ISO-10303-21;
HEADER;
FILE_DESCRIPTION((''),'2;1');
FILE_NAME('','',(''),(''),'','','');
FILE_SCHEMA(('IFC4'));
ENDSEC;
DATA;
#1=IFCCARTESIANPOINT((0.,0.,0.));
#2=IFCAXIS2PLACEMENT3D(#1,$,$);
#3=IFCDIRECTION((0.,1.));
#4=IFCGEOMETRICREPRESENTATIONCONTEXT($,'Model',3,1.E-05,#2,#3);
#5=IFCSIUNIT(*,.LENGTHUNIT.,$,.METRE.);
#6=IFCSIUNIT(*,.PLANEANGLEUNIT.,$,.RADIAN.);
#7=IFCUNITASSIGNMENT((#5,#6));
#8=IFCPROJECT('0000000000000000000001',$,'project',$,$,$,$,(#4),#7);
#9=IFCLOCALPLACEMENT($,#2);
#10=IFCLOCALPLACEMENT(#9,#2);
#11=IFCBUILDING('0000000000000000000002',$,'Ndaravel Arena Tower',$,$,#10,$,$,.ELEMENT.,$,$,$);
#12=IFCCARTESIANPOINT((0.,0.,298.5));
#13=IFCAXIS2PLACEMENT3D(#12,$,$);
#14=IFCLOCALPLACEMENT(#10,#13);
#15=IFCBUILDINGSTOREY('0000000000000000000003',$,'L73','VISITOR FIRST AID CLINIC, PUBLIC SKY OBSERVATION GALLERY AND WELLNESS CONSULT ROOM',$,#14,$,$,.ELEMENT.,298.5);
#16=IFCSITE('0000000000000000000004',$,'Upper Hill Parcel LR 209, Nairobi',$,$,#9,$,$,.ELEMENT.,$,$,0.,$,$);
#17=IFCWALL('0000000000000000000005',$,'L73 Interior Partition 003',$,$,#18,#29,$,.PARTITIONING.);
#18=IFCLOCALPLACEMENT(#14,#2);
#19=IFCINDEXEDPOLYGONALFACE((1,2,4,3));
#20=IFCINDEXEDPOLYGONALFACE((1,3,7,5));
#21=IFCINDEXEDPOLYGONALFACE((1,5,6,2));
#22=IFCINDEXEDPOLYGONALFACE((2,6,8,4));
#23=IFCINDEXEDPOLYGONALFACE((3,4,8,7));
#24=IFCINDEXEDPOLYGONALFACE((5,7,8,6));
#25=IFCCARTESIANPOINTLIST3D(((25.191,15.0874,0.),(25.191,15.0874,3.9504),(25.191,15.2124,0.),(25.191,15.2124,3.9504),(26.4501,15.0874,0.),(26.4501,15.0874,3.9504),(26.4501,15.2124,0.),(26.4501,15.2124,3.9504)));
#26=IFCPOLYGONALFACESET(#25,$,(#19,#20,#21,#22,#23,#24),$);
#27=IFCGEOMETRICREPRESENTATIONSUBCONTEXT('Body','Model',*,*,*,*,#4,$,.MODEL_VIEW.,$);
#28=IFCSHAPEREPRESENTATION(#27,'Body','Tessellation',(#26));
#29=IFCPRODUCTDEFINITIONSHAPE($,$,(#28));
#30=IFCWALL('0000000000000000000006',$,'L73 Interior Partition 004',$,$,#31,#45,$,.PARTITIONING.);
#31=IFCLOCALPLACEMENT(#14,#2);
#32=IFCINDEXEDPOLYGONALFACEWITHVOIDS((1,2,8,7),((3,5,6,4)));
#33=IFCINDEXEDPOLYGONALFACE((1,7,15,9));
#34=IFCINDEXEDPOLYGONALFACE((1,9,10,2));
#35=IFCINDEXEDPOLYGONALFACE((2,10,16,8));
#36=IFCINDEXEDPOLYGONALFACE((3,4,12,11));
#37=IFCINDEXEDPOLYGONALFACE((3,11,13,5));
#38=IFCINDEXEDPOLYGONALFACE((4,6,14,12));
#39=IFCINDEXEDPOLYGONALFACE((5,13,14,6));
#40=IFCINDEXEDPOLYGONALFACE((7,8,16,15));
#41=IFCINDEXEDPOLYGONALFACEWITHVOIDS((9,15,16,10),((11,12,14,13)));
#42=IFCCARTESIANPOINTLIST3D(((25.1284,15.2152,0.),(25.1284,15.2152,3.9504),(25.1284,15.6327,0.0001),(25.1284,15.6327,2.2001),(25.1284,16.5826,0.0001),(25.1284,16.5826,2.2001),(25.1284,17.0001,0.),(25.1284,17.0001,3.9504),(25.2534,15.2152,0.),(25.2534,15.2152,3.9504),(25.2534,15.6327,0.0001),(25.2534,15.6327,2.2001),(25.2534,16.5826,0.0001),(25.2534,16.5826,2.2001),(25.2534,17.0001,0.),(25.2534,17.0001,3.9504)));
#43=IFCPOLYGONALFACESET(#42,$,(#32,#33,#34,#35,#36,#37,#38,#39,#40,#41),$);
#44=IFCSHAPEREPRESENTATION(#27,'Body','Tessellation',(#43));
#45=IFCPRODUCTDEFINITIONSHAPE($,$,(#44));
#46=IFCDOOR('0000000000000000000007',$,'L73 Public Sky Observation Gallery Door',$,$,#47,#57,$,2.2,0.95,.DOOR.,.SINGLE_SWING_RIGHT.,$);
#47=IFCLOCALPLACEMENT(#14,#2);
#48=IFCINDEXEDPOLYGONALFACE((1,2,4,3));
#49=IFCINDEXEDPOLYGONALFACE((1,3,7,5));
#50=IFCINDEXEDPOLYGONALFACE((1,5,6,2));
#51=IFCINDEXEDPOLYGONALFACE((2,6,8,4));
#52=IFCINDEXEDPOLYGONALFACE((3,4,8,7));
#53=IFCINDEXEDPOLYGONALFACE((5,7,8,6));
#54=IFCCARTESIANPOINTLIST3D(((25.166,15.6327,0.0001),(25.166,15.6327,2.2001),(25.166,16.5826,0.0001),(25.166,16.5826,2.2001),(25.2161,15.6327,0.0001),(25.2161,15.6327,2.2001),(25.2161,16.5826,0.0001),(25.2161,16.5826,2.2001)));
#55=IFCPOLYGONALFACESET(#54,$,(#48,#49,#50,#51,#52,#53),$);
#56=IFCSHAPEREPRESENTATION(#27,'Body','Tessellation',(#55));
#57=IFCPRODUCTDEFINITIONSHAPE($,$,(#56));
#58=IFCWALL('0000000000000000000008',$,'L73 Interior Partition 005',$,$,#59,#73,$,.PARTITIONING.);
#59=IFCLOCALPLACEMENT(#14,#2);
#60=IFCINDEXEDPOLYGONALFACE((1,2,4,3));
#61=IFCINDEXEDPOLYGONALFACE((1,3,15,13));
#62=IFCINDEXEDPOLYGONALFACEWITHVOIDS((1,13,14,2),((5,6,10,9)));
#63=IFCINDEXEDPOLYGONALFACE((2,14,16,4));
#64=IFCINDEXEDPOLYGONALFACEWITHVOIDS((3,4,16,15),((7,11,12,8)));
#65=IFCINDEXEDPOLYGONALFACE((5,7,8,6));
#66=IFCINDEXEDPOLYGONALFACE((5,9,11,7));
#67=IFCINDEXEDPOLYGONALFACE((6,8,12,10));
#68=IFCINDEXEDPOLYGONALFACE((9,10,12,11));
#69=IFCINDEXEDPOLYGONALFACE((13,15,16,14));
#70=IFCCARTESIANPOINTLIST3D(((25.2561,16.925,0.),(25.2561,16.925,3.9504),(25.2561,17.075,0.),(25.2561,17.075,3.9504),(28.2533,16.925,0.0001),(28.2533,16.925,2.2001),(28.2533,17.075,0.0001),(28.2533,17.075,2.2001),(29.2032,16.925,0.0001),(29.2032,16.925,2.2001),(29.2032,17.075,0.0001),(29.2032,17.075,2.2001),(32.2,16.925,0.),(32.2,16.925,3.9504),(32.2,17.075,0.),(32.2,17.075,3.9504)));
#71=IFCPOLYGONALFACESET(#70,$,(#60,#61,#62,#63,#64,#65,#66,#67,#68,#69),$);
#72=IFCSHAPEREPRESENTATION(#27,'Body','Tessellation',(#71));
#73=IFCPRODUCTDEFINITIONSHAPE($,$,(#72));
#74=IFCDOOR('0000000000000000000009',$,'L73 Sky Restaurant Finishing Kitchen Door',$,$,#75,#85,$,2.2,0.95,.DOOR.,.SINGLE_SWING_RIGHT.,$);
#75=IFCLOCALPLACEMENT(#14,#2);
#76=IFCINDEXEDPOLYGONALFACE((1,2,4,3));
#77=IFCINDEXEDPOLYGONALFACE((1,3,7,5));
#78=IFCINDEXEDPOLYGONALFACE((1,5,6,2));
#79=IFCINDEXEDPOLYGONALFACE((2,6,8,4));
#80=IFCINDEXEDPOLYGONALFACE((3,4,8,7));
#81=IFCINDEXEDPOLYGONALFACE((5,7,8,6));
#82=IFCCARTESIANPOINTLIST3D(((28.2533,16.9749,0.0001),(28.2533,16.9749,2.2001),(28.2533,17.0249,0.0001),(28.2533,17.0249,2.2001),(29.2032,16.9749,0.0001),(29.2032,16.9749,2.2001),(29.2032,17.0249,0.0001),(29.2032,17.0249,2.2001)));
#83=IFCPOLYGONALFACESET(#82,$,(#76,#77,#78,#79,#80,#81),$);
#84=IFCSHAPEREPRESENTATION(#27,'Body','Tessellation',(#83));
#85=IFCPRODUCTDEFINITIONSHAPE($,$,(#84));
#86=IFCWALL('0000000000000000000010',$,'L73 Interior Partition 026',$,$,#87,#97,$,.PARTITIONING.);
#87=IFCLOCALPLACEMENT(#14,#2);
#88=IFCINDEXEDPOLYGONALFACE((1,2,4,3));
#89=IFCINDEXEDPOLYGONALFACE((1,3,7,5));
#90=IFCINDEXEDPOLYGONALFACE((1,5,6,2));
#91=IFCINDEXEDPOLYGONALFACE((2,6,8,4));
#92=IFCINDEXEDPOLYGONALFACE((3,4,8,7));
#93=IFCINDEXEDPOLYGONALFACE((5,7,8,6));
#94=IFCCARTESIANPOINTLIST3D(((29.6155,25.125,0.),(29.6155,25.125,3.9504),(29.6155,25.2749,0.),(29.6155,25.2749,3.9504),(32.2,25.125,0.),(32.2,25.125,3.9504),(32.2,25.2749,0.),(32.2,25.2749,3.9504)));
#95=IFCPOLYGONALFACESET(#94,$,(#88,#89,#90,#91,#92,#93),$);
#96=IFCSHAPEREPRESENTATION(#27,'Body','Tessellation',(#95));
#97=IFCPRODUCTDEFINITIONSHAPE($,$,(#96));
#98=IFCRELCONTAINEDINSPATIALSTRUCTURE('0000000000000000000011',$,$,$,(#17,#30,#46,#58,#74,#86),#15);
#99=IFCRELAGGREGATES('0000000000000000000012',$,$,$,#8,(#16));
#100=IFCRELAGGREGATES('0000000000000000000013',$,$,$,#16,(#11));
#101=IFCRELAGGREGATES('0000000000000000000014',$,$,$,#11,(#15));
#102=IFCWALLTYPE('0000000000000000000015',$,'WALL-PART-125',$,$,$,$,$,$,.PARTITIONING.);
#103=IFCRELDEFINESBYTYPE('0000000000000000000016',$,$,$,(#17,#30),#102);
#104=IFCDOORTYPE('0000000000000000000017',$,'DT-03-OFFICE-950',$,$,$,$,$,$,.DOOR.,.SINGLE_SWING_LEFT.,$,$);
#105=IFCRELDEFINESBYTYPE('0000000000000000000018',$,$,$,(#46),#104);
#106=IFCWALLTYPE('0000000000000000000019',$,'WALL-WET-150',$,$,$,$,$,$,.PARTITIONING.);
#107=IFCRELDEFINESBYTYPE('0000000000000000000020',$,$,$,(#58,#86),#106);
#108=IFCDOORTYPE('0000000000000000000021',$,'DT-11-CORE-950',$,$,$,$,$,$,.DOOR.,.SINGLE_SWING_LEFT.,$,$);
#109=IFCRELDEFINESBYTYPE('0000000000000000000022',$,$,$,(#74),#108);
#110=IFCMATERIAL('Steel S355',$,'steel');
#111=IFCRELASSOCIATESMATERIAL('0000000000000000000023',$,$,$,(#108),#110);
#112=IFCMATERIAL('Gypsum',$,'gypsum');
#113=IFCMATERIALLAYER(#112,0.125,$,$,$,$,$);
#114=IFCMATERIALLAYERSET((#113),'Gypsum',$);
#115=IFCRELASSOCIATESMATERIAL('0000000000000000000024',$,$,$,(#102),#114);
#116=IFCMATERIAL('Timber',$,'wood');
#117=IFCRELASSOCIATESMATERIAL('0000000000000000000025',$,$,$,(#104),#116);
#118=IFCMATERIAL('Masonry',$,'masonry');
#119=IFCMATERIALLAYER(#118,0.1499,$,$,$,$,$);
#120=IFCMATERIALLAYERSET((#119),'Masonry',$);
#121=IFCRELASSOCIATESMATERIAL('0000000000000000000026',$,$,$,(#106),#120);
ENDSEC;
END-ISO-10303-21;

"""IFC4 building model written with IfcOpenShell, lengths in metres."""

from ifc_helpers import new_model, si_unit, direction, frame, frame_2d, origin, place, context, subcontext, project, spatial, rectangle, extrude, material, layer, layer_set, type_object, element, fill, save


model = new_model("IFC4")

# Units and contexts
model_context = context("Model", 3, precision=1e-05, world=origin(), true_north=direction((0.0, 1.0)))
body_context = subcontext(model_context, "Body", "Model", "MODEL_VIEW")
ifc_project = project(units=[si_unit("LENGTHUNIT", "METRE"), si_unit("PLANEANGLEUNIT", "RADIAN")], contexts=[model_context])

# Site, building, storey
site_placement = place(None, origin())
site = spatial("IfcSite", under=ifc_project, at=site_placement, Name="Upper Hill Parcel LR 209, Nairobi", CompositionType="ELEMENT", RefElevation=0.0)
building_placement = place(site_placement, origin())
building = spatial("IfcBuilding", under=site, at=building_placement, Name="Ndaravel Arena Tower", CompositionType="ELEMENT")
storey_placement = place(building_placement, frame((0.0, 0.0, 298.5)))
storey = spatial("IfcBuildingStorey", under=building, at=storey_placement, Name="L73", Description="VISITOR FIRST AID CLINIC, PUBLIC SKY OBSERVATION GALLERY AND WELLNESS CONSULT ROOM", CompositionType="ELEMENT", Elevation=298.5)

# Shared definitions
ifc_material_1 = material(Name="Steel S355", Category="steel")
door_type_1 = type_object("IfcDoorType", Name="DT-11-CORE-950", OperationType="SINGLE_SWING_LEFT", PredefinedType="DOOR", material=ifc_material_1)

# Wall
ifc_material_2 = material(Name="Gypsum", Category="gypsum")
ifc_layer_1 = layer(ifc_material_2, 0.125)
ifc_layer_set_1 = layer_set([ifc_layer_1], Name="Gypsum")
wall_type_1 = type_object("IfcWallType", Name="WALL-PART-125", PredefinedType="PARTITIONING", material=ifc_layer_set_1)
wall_1_placement = place(storey_placement, frame((26.45, 15.1499, 0.0), z_axis=(0.0, 0.0, 1.0), x_axis=(-1.0, 0.0, 0.0)))
element("IfcWall", 1, at=wall_1_placement, inside=storey, type_object=wall_type_1, Name="L73 Interior Partition 003", PredefinedType="PARTITIONING", context=body_context, shape_type="SweptSolid", body=[
    extrude(rectangle(XDim=1.259, YDim=0.125, at=frame_2d((0.6294, 0.0))), origin(), (0.0, 0.0, 1.0), 3.9504),
])

# Walls, openings, doors
wall_2_placement = place(storey_placement, frame((25.1909, 15.2151, 0.0), z_axis=(0.0, 0.0, 1.0), x_axis=(0.0, 1.0, 0.0)))
wall_2 = element("IfcWall", 2, at=wall_2_placement, inside=storey, type_object=wall_type_1, Name="L73 Interior Partition 004", PredefinedType="PARTITIONING", context=body_context, shape_type="SweptSolid", body=[
    extrude(rectangle(XDim=1.7849, YDim=0.125, at=frame_2d((0.8926, 0.0))), origin(), (0.0, 0.0, 1.0), 3.9504),
])
opening_1_placement = place(wall_2_placement, frame((0.4175, 0.0, 0.0)))
opening_1 = element("IfcOpeningElement", 3, at=opening_1_placement, cuts=wall_2, PredefinedType="OPENING", context=body_context, shape_type="SweptSolid", body=[
    extrude(rectangle(XDim=0.95, YDim=2.2, at=frame_2d((0.4751, 1.1001))), frame((0.0, 0.0625, 0.0), z_axis=(0.0, -1.0, 0.0), x_axis=(1.0, 0.0, 0.0)), (0.0, 0.0, 1.0), 0.125),
])
ifc_material_3 = material(Name="Timber", Category="wood")
door_type_2 = type_object("IfcDoorType", Name="DT-03-OFFICE-950", OperationType="SINGLE_SWING_LEFT", PredefinedType="DOOR", material=ifc_material_3)
door_1_placement = place(opening_1_placement, origin())
door_1 = element("IfcDoor", 4, at=door_1_placement, inside=storey, type_object=door_type_2, Name="L73 Public Sky Observation Gallery Door", OperationType="SINGLE_SWING_RIGHT", OverallHeight=2.2, OverallWidth=0.95, PredefinedType="DOOR", context=body_context, shape_type="SweptSolid", body=[
    extrude(rectangle(XDim=0.95, YDim=2.2, at=frame_2d((0.4751, 1.1001))), frame((0.0, 0.0249, 0.0), z_axis=(0.0, -1.0, 0.0), x_axis=(1.0, 0.0, 0.0)), (0.0, 0.0, 1.0), 0.05),
])
fill(opening_1, door_1)
ifc_material_4 = material(Name="Masonry", Category="masonry")
ifc_layer_2 = layer(ifc_material_4, 0.1499)
ifc_layer_set_2 = layer_set([ifc_layer_2], Name="Masonry")
wall_type_2 = type_object("IfcWallType", Name="WALL-WET-150", PredefinedType="PARTITIONING", material=ifc_layer_set_2)
wall_3_placement = place(storey_placement, frame((25.2561, 17.0, 0.0), z_axis=(0.0, 0.0, 1.0), x_axis=(1.0, 0.0, 0.0)))
wall_3 = element("IfcWall", 5, at=wall_3_placement, inside=storey, type_object=wall_type_2, Name="L73 Interior Partition 005", PredefinedType="PARTITIONING", context=body_context, shape_type="SweptSolid", body=[
    extrude(rectangle(XDim=6.9438, YDim=0.1499, at=frame_2d((3.4719, 0.0))), origin(), (0.0, 0.0, 1.0), 3.9504),
])
opening_2_placement = place(wall_3_placement, frame((2.9971, 0.0, 0.0)))
opening_2 = element("IfcOpeningElement", 6, at=opening_2_placement, cuts=wall_3, PredefinedType="OPENING", context=body_context, shape_type="SweptSolid", body=[
    extrude(rectangle(XDim=0.95, YDim=2.2, at=frame_2d((0.4751, 1.1001))), frame((0.0, 0.075, 0.0), z_axis=(0.0, -1.0, 0.0), x_axis=(1.0, 0.0, 0.0)), (0.0, 0.0, 1.0), 0.1499),
])
door_2_placement = place(opening_2_placement, origin())
door_2 = element("IfcDoor", 7, at=door_2_placement, inside=storey, type_object=door_type_1, Name="L73 Sky Restaurant Finishing Kitchen Door", OperationType="SINGLE_SWING_RIGHT", OverallHeight=2.2, OverallWidth=0.95, PredefinedType="DOOR", context=body_context, shape_type="SweptSolid", body=[
    extrude(rectangle(XDim=0.95, YDim=2.2, at=frame_2d((0.4751, 1.1001))), frame((0.0, 0.0249, 0.0), z_axis=(0.0, -1.0, 0.0), x_axis=(1.0, 0.0, 0.0)), (0.0, 0.0, 1.0), 0.05),
])
fill(opening_2, door_2)

# Wall
wall_4_placement = place(storey_placement, frame((29.6155, 25.2, 0.0), z_axis=(0.0, 0.0, 1.0), x_axis=(1.0, 0.0, 0.0)))
element("IfcWall", 8, at=wall_4_placement, inside=storey, type_object=wall_type_2, Name="L73 Interior Partition 026", PredefinedType="PARTITIONING", context=body_context, shape_type="SweptSolid", body=[
    extrude(rectangle(XDim=2.5845, YDim=0.1499, at=frame_2d((1.2922, 0.0))), origin(), (0.0, 0.0, 1.0), 3.9504),
])

save(model, "model.ifc")
